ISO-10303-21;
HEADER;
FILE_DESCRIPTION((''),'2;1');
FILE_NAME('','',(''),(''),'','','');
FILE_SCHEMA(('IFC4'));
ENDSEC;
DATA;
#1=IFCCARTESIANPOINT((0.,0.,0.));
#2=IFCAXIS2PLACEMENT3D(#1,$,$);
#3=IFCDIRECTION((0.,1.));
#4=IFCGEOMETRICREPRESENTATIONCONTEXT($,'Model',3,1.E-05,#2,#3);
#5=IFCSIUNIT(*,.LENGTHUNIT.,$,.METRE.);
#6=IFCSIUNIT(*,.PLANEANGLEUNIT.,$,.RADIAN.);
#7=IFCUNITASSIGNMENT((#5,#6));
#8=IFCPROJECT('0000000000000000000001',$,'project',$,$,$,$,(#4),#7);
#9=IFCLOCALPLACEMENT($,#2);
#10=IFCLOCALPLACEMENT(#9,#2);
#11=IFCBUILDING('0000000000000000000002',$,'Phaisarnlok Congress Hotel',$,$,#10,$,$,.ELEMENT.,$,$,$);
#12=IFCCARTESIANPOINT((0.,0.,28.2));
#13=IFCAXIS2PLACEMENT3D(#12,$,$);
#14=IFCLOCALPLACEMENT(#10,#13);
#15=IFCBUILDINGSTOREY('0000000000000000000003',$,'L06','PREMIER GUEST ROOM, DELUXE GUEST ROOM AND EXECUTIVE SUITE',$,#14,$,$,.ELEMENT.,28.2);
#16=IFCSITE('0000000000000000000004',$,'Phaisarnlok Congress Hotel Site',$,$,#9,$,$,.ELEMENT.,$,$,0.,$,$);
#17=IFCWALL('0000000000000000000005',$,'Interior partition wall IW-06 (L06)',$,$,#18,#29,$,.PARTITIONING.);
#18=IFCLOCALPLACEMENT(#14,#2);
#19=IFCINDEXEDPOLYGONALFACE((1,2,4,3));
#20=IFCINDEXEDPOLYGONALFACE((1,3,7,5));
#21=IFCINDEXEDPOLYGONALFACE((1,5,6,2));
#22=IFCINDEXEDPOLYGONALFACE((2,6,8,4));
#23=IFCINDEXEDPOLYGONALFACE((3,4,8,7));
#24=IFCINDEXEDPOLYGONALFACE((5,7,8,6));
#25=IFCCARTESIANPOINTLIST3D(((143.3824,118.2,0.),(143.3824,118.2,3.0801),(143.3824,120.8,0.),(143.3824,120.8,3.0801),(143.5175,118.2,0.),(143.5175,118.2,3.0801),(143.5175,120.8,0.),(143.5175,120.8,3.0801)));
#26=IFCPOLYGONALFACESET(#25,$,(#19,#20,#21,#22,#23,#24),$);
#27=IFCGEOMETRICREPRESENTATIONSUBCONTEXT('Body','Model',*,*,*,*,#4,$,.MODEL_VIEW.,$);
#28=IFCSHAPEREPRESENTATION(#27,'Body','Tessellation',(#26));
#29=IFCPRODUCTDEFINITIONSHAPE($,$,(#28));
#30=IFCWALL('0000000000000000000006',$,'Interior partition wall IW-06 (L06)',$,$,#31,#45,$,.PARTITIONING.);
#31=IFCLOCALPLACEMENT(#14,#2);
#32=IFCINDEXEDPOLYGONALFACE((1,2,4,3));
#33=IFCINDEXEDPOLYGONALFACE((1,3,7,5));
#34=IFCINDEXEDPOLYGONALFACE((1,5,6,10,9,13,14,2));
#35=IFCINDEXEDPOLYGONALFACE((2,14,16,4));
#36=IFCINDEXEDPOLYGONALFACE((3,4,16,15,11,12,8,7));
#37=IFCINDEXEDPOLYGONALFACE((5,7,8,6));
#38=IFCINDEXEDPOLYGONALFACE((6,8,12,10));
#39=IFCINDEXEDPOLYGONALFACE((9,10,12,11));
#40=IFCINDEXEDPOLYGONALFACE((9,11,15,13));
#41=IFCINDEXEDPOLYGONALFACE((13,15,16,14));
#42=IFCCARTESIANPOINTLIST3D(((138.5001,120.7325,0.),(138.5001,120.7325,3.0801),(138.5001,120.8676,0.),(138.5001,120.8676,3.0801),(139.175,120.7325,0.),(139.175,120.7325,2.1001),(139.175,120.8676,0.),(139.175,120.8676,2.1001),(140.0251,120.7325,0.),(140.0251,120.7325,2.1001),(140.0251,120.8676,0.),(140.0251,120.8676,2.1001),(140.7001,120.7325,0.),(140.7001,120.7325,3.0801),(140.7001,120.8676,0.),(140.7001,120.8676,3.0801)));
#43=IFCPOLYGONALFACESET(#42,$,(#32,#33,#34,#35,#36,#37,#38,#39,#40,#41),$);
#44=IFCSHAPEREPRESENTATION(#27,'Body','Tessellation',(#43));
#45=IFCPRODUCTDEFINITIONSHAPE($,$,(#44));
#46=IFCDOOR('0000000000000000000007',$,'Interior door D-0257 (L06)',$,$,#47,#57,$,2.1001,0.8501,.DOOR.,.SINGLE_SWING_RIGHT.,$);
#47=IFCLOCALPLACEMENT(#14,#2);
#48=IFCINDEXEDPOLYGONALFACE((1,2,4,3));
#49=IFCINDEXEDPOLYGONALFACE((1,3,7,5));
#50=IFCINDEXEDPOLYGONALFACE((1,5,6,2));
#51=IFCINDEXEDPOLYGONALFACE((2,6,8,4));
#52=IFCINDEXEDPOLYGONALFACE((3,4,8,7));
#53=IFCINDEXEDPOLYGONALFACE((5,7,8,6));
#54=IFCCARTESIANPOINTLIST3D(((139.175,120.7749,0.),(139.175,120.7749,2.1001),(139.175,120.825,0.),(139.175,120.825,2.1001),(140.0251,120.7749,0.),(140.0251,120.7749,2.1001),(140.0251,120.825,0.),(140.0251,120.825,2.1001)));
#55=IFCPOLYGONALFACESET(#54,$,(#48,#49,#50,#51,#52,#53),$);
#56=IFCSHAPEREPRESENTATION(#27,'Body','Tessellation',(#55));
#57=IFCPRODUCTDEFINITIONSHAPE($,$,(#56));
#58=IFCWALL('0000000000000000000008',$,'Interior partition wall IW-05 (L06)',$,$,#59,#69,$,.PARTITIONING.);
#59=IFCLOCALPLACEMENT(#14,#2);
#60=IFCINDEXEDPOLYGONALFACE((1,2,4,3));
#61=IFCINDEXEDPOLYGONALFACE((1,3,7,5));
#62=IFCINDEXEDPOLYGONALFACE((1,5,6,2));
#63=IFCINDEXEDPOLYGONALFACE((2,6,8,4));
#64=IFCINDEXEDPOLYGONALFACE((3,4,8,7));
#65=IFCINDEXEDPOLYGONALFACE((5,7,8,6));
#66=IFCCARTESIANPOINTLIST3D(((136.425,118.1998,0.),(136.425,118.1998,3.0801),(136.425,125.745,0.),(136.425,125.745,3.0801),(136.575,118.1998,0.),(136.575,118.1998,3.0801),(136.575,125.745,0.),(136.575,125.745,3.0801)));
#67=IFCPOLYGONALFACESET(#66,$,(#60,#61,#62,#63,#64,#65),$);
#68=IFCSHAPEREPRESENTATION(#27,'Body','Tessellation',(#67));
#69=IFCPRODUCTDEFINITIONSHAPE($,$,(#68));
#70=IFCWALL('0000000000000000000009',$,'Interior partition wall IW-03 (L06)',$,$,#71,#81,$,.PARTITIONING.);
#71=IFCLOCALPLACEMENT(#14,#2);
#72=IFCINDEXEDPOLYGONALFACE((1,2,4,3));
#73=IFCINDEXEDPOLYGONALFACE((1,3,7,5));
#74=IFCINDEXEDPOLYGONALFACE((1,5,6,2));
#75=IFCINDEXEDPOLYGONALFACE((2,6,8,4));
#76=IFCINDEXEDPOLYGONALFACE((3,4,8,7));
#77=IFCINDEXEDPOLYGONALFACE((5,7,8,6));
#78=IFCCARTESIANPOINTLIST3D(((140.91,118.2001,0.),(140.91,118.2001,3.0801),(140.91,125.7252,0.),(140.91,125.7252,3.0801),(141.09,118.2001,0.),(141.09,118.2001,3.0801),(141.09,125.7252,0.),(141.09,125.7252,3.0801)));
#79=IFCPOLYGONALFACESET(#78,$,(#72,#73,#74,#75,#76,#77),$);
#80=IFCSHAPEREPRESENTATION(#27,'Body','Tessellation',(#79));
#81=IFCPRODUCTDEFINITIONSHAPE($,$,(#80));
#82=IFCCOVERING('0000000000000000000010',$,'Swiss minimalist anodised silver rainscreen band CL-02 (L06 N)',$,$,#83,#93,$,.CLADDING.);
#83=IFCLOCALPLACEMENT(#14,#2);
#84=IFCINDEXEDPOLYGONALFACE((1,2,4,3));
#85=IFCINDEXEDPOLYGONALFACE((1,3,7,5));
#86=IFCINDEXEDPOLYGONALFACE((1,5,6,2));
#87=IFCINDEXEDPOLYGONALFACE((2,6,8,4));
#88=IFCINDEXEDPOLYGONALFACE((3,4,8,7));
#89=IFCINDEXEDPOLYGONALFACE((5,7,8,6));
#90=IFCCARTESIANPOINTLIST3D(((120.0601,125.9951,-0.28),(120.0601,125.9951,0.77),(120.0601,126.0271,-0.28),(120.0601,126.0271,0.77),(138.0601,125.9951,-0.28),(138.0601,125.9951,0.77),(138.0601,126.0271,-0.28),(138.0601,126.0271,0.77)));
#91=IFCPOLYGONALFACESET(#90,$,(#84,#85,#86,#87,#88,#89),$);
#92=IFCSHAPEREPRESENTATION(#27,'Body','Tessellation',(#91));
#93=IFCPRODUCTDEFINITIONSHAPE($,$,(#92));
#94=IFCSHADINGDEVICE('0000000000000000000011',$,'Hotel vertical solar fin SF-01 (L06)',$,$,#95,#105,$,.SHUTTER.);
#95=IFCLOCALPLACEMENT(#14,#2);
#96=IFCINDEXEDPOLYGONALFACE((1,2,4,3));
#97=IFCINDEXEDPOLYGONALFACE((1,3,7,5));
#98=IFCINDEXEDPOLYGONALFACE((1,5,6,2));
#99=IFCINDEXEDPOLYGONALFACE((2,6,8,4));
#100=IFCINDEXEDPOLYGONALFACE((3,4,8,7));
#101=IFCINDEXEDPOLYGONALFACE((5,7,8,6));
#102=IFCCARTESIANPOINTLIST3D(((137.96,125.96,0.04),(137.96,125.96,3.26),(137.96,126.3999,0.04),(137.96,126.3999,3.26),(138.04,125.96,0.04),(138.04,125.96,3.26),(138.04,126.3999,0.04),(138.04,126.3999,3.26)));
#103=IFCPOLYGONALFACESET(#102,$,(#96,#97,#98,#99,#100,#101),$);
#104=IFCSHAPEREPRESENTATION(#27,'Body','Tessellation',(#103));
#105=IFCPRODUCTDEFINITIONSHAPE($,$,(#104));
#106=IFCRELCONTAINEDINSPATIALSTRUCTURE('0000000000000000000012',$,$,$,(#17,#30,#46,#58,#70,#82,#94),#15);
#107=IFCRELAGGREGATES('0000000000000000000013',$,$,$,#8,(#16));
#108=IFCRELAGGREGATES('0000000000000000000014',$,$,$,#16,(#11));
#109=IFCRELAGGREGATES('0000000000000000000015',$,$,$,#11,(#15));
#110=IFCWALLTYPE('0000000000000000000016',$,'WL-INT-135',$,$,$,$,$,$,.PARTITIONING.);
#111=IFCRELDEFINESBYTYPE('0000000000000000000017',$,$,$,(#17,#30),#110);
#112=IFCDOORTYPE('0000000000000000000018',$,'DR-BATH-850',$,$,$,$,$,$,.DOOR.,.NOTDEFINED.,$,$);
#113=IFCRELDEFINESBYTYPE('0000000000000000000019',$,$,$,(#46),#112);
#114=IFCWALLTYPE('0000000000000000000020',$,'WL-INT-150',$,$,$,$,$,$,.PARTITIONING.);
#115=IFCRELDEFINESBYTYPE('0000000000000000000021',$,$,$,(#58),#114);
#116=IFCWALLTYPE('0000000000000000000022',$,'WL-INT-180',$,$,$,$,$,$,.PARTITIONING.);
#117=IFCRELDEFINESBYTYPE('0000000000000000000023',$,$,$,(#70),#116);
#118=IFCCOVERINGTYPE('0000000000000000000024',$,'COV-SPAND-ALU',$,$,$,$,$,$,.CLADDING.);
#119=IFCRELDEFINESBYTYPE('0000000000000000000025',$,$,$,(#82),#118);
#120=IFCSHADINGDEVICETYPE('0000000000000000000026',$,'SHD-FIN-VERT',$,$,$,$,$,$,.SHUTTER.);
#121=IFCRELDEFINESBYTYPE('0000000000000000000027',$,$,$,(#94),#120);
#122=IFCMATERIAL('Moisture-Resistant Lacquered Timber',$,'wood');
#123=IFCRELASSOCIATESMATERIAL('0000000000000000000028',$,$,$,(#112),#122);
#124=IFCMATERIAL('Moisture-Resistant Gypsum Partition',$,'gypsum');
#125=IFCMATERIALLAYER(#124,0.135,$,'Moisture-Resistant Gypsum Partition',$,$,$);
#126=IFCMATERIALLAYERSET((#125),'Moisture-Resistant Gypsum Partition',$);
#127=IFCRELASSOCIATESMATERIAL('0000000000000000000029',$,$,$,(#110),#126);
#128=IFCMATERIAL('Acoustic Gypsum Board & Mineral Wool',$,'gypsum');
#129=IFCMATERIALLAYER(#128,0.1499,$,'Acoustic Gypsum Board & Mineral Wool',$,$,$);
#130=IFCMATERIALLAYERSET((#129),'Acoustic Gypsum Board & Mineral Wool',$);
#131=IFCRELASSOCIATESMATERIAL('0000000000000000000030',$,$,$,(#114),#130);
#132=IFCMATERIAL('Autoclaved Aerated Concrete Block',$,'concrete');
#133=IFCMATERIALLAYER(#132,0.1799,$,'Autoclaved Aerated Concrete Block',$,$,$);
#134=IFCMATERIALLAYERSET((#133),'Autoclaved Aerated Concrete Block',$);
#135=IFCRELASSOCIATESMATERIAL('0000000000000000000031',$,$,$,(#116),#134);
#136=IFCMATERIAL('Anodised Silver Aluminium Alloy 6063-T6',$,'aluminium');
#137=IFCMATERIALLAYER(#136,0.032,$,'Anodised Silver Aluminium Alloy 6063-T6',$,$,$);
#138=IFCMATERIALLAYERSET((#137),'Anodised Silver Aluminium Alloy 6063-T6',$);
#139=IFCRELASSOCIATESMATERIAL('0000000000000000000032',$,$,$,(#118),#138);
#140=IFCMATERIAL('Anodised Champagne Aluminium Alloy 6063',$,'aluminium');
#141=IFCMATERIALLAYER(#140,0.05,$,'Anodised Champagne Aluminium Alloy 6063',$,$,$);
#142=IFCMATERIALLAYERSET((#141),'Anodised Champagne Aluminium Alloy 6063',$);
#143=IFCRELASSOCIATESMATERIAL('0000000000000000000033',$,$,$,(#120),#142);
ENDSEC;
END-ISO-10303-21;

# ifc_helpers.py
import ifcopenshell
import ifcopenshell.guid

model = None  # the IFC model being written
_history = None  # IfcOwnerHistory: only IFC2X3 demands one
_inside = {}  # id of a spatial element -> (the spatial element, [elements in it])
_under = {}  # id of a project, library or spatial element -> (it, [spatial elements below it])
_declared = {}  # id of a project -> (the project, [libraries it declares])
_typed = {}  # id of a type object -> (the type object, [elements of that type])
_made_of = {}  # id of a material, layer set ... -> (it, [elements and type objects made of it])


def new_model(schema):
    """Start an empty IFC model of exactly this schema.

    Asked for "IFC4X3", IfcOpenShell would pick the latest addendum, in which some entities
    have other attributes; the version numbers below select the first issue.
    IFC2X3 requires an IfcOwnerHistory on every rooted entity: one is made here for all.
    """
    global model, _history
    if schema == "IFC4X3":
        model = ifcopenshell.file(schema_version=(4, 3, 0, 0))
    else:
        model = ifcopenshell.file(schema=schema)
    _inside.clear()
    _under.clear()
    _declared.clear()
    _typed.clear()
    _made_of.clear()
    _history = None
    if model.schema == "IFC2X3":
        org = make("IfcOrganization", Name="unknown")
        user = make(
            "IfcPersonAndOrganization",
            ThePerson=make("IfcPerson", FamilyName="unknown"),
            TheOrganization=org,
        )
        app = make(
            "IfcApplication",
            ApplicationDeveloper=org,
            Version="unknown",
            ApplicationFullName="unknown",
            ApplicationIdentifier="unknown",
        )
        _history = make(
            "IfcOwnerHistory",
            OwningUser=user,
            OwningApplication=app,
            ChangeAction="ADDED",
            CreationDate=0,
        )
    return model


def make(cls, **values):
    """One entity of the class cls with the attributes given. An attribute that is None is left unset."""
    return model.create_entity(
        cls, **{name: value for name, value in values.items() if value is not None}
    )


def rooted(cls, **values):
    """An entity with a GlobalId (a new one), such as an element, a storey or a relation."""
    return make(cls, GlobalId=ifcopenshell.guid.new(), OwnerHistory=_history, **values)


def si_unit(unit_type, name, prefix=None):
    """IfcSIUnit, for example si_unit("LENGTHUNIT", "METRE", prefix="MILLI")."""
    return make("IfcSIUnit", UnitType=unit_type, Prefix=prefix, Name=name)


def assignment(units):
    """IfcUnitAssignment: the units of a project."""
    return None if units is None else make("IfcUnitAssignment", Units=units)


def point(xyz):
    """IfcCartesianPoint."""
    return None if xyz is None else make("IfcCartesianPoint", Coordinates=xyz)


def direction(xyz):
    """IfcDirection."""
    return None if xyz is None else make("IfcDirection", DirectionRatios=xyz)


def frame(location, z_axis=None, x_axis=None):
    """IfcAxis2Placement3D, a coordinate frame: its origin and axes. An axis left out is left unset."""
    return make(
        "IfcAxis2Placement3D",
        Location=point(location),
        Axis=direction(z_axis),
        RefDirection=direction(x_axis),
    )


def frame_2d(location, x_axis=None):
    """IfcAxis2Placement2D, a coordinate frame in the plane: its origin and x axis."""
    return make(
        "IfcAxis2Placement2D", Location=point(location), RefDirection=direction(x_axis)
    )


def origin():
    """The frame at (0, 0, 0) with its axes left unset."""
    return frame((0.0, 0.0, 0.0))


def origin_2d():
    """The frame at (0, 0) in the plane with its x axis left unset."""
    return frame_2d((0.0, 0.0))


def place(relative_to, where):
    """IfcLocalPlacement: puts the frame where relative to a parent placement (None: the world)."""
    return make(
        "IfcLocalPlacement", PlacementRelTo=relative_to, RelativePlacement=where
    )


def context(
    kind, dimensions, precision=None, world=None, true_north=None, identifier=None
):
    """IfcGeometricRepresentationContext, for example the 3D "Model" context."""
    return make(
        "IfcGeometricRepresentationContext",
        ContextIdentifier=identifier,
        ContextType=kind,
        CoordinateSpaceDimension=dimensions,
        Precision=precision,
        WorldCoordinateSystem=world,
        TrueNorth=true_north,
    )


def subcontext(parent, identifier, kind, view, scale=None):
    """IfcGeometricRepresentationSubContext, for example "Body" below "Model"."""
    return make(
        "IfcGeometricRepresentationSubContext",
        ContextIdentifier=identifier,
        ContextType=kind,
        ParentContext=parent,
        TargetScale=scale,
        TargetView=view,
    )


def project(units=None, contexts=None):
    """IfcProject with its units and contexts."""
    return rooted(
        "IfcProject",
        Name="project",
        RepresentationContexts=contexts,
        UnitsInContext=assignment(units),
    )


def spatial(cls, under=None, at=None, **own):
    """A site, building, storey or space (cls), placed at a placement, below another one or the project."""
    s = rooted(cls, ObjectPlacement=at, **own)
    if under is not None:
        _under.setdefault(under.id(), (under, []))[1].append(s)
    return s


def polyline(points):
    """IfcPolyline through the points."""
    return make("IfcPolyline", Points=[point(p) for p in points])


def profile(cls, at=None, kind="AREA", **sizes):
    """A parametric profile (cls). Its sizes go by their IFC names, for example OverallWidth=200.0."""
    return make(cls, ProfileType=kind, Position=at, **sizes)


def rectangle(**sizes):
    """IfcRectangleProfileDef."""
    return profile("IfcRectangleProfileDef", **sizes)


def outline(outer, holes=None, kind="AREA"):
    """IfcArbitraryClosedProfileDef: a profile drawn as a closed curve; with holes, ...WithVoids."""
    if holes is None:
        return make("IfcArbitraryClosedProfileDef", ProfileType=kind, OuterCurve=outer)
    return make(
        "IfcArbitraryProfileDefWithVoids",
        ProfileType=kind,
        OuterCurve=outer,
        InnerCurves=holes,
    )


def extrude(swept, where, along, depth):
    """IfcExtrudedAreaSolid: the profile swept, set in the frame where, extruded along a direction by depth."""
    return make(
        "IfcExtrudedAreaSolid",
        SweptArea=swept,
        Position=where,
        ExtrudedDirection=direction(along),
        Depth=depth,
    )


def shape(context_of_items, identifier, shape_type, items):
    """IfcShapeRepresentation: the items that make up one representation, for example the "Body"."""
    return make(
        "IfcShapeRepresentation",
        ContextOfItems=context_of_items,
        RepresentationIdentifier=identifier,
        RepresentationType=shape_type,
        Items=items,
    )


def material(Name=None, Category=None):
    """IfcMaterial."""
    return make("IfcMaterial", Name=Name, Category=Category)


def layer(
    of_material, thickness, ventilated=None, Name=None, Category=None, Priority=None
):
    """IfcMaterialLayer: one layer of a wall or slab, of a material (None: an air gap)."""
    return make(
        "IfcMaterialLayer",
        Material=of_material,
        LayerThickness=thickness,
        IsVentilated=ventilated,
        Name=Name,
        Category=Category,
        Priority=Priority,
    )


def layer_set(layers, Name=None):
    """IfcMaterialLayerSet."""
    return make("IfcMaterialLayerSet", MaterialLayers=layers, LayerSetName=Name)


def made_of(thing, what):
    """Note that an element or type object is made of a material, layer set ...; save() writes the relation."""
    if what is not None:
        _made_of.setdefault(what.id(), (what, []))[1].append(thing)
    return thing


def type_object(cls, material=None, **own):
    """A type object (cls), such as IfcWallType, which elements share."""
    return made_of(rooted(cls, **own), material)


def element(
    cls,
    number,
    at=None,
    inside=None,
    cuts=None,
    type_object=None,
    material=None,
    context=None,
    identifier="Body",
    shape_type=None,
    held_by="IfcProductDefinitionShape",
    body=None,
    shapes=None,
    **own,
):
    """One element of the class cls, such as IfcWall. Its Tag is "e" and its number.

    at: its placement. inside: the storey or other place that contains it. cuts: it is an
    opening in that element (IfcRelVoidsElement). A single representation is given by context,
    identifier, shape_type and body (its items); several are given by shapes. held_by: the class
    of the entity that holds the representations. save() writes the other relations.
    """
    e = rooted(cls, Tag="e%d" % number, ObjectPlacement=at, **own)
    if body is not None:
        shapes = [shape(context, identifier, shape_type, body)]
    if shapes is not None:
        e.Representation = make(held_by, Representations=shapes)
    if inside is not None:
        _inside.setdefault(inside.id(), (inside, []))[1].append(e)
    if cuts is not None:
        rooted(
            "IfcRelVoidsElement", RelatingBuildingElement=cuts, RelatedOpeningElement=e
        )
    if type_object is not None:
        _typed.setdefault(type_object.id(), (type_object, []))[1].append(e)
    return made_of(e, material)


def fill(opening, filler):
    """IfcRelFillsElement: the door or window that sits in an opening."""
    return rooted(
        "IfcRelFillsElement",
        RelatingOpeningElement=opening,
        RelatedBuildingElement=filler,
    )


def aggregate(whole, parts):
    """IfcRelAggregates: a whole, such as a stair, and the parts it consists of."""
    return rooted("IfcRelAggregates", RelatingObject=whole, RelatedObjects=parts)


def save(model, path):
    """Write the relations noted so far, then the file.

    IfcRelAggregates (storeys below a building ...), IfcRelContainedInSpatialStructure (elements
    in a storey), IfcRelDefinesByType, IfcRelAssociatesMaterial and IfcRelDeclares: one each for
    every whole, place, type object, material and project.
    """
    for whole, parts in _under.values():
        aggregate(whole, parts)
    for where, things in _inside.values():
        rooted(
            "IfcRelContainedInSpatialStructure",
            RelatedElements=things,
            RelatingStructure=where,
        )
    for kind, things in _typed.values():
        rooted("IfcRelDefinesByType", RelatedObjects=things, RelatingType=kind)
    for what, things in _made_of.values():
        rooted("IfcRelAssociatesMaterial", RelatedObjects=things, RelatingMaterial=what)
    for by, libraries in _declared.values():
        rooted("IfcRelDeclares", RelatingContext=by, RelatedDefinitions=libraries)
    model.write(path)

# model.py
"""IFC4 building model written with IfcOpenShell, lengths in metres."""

from ifc_helpers import new_model, si_unit, direction, frame, frame_2d, origin, origin_2d, place, context, subcontext, project, spatial, polyline, rectangle, outline, extrude, material, layer, layer_set, type_object, element, fill, save


model = new_model("IFC4")

# Units and contexts
model_context = context("Model", 3, precision=1e-05, world=origin(), true_north=direction((0.0, 1.0)))
body_context = subcontext(model_context, "Body", "Model", "MODEL_VIEW")
ifc_project = project(units=[si_unit("LENGTHUNIT", "METRE"), si_unit("PLANEANGLEUNIT", "RADIAN")], contexts=[model_context])

# Site, building, storey
site_placement = place(None, origin())
site = spatial("IfcSite", under=ifc_project, at=site_placement, Name="Phaisarnlok Congress Hotel Site", CompositionType="ELEMENT", RefElevation=0.0)
building_placement = place(site_placement, origin())
building = spatial("IfcBuilding", under=site, at=building_placement, Name="Phaisarnlok Congress Hotel", CompositionType="ELEMENT")
storey_placement = place(building_placement, frame((0.0, 0.0, 28.2)))
storey = spatial("IfcBuildingStorey", under=building, at=storey_placement, Name="L06", Description="PREMIER GUEST ROOM, DELUXE GUEST ROOM AND EXECUTIVE SUITE", CompositionType="ELEMENT", Elevation=28.2)

# Shared definitions
ifc_material_1 = material(Name="Moisture-Resistant Lacquered Timber", Category="wood")
door_type = type_object("IfcDoorType", Name="DR-BATH-850", OperationType="NOTDEFINED", PredefinedType="DOOR", material=ifc_material_1)

# Wall
ifc_material_2 = material(Name="Moisture-Resistant Gypsum Partition", Category="gypsum")
ifc_layer_1 = layer(ifc_material_2, 0.135, Name="Moisture-Resistant Gypsum Partition")
ifc_layer_set_1 = layer_set([ifc_layer_1], Name="Moisture-Resistant Gypsum Partition")
wall_type_1 = type_object("IfcWallType", Name="WL-INT-135", PredefinedType="PARTITIONING", material=ifc_layer_set_1)
for number, where, z_axis, x_axis, name in (
    (1, (143.45, 118.2, 0.0), (0.0, 0.0, 1.0), (0.0, 1.0, 0.0), "Interior partition wall IW-06 (L06)"),
):
    element("IfcWall", number, at=place(storey_placement, frame(where, z_axis=z_axis, x_axis=x_axis)), inside=storey, type_object=wall_type_1, Name=name, PredefinedType="PARTITIONING", context=body_context, shape_type="SweptSolid", body=[
        extrude(rectangle(XDim=2.6001, YDim=0.135, at=frame_2d((1.3, 0.0))), origin(), (0.0, 0.0, 1.0), 3.0801),
    ])

# Wall, opening, door
wall_1_placement = place(storey_placement, frame((138.5, 120.8, 0.0), z_axis=(0.0, 0.0, 1.0), x_axis=(1.0, 0.0, 0.0)))
wall_1 = element("IfcWall", 2, at=wall_1_placement, inside=storey, type_object=wall_type_1, Name="Interior partition wall IW-06 (L06)", PredefinedType="PARTITIONING", context=body_context, shape_type="SweptSolid", body=[
    extrude(rectangle(XDim=2.2, YDim=0.135, at=frame_2d((1.1001, 0.0))), origin(), (0.0, 0.0, 1.0), 3.0801),
])
opening_1_placement = place(wall_1_placement, frame((0.675, 0.0, 0.0)))
opening_1 = element("IfcOpeningElement", 3, at=opening_1_placement, cuts=wall_1, PredefinedType="OPENING", context=body_context, shape_type="SweptSolid", body=[
    extrude(rectangle(XDim=0.8501, YDim=2.1001, at=frame_2d((0.425, 1.05))), frame((0.0, 0.0776, 0.0), z_axis=(0.0, -1.0, 0.0), x_axis=(1.0, 0.0, 0.0)), (0.0, 0.0, 1.0), 0.155),
])
door_1_placement = place(opening_1_placement, origin())
door_1 = element("IfcDoor", 4, at=door_1_placement, inside=storey, type_object=door_type, Name="Interior door D-0257 (L06)", OperationType="SINGLE_SWING_RIGHT", OverallHeight=2.1001, OverallWidth=0.8501, PredefinedType="DOOR", context=body_context, shape_type="SweptSolid", body=[
    extrude(rectangle(XDim=0.8501, YDim=2.1001, at=frame_2d((0.425, 1.05))), frame((0.0, 0.0249, 0.0), z_axis=(0.0, -1.0, 0.0), x_axis=(1.0, 0.0, 0.0)), (0.0, 0.0, 1.0), 0.05),
])
fill(opening_1, door_1)

# Walls
ifc_material_3 = material(Name="Acoustic Gypsum Board & Mineral Wool", Category="gypsum")
ifc_layer_2 = layer(ifc_material_3, 0.1499, Name="Acoustic Gypsum Board & Mineral Wool")
ifc_layer_set_2 = layer_set([ifc_layer_2], Name="Acoustic Gypsum Board & Mineral Wool")
wall_type_2 = type_object("IfcWallType", Name="WL-INT-150", PredefinedType="PARTITIONING", material=ifc_layer_set_2)
wall_2_placement = place(storey_placement, frame((136.5, 118.2, 0.0), z_axis=(0.0, 0.0, 1.0), x_axis=(0.0, 1.0, 0.0)))
element("IfcWall", 5, at=wall_2_placement, inside=storey, type_object=wall_type_2, Name="Interior partition wall IW-05 (L06)", PredefinedType="PARTITIONING", context=body_context, shape_type="SweptSolid", body=[
    extrude(rectangle(XDim=7.5452, YDim=0.1499, at=frame_2d((3.7725, 0.0))), origin(), (0.0, 0.0, 1.0), 3.0801),
])
ifc_material_4 = material(Name="Autoclaved Aerated Concrete Block", Category="concrete")
ifc_layer_3 = layer(ifc_material_4, 0.1799, Name="Autoclaved Aerated Concrete Block")
ifc_layer_set_3 = layer_set([ifc_layer_3], Name="Autoclaved Aerated Concrete Block")
wall_type_3 = type_object("IfcWallType", Name="WL-INT-180", PredefinedType="PARTITIONING", material=ifc_layer_set_3)
wall_3_placement = place(storey_placement, frame((141.0, 118.2, 0.0), z_axis=(0.0, 0.0, 1.0), x_axis=(0.0, 1.0, 0.0)))
element("IfcWall", 6, at=wall_3_placement, inside=storey, type_object=wall_type_3, Name="Interior partition wall IW-03 (L06)", PredefinedType="PARTITIONING", context=body_context, shape_type="SweptSolid", body=[
    extrude(rectangle(XDim=7.5251, YDim=0.1799, at=frame_2d((3.7627, 0.0))), origin(), (0.0, 0.0, 1.0), 3.0801),
])

# Covering
ifc_material_5 = material(Name="Anodised Silver Aluminium Alloy 6063-T6", Category="aluminium")
ifc_layer_4 = layer(ifc_material_5, 0.032, Name="Anodised Silver Aluminium Alloy 6063-T6")
ifc_layer_set_4 = layer_set([ifc_layer_4], Name="Anodised Silver Aluminium Alloy 6063-T6")
covering_type = type_object("IfcCoveringType", Name="COV-SPAND-ALU", PredefinedType="CLADDING", material=ifc_layer_set_4)
covering_placement = place(storey_placement, frame((138.0601, 125.9951, -0.28), z_axis=(0.0, 1.0, 0.0), x_axis=(-1.0, 0.0, 0.0)))
element("IfcCovering", 7, at=covering_placement, inside=storey, type_object=covering_type, Name="Swiss minimalist anodised silver rainscreen band CL-02 (L06 N)", PredefinedType="CLADDING", context=body_context, shape_type="SweptSolid", body=[
    extrude(outline(polyline([(0.0, 0.0), (18.0, 0.0), (18.0, 1.05), (0.0, 1.05), (0.0, 0.0)])), origin(), (0.0, 0.0, 1.0), 0.032),
])

# Shading device
ifc_material_6 = material(Name="Anodised Champagne Aluminium Alloy 6063", Category="aluminium")
ifc_layer_5 = layer(ifc_material_6, 0.05, Name="Anodised Champagne Aluminium Alloy 6063")
ifc_layer_set_5 = layer_set([ifc_layer_5], Name="Anodised Champagne Aluminium Alloy 6063")
shading_device_type = type_object("IfcShadingDeviceType", Name="SHD-FIN-VERT", PredefinedType="SHUTTER", material=ifc_layer_set_5)
shading_device_placement = place(storey_placement, frame((138.0, 126.1799, 0.04), z_axis=(0.0, 0.0, 1.0), x_axis=(1.0, 0.0, 0.0)))
element("IfcShadingDevice", 8, at=shading_device_placement, inside=storey, type_object=shading_device_type, Name="Hotel vertical solar fin SF-01 (L06)", PredefinedType="SHUTTER", context=body_context, shape_type="SweptSolid", body=[
    extrude(rectangle(XDim=0.0801, YDim=0.4399, at=origin_2d()), origin(), (0.0, 0.0, 1.0), 3.22),
])

save(model, "model.ifc")
